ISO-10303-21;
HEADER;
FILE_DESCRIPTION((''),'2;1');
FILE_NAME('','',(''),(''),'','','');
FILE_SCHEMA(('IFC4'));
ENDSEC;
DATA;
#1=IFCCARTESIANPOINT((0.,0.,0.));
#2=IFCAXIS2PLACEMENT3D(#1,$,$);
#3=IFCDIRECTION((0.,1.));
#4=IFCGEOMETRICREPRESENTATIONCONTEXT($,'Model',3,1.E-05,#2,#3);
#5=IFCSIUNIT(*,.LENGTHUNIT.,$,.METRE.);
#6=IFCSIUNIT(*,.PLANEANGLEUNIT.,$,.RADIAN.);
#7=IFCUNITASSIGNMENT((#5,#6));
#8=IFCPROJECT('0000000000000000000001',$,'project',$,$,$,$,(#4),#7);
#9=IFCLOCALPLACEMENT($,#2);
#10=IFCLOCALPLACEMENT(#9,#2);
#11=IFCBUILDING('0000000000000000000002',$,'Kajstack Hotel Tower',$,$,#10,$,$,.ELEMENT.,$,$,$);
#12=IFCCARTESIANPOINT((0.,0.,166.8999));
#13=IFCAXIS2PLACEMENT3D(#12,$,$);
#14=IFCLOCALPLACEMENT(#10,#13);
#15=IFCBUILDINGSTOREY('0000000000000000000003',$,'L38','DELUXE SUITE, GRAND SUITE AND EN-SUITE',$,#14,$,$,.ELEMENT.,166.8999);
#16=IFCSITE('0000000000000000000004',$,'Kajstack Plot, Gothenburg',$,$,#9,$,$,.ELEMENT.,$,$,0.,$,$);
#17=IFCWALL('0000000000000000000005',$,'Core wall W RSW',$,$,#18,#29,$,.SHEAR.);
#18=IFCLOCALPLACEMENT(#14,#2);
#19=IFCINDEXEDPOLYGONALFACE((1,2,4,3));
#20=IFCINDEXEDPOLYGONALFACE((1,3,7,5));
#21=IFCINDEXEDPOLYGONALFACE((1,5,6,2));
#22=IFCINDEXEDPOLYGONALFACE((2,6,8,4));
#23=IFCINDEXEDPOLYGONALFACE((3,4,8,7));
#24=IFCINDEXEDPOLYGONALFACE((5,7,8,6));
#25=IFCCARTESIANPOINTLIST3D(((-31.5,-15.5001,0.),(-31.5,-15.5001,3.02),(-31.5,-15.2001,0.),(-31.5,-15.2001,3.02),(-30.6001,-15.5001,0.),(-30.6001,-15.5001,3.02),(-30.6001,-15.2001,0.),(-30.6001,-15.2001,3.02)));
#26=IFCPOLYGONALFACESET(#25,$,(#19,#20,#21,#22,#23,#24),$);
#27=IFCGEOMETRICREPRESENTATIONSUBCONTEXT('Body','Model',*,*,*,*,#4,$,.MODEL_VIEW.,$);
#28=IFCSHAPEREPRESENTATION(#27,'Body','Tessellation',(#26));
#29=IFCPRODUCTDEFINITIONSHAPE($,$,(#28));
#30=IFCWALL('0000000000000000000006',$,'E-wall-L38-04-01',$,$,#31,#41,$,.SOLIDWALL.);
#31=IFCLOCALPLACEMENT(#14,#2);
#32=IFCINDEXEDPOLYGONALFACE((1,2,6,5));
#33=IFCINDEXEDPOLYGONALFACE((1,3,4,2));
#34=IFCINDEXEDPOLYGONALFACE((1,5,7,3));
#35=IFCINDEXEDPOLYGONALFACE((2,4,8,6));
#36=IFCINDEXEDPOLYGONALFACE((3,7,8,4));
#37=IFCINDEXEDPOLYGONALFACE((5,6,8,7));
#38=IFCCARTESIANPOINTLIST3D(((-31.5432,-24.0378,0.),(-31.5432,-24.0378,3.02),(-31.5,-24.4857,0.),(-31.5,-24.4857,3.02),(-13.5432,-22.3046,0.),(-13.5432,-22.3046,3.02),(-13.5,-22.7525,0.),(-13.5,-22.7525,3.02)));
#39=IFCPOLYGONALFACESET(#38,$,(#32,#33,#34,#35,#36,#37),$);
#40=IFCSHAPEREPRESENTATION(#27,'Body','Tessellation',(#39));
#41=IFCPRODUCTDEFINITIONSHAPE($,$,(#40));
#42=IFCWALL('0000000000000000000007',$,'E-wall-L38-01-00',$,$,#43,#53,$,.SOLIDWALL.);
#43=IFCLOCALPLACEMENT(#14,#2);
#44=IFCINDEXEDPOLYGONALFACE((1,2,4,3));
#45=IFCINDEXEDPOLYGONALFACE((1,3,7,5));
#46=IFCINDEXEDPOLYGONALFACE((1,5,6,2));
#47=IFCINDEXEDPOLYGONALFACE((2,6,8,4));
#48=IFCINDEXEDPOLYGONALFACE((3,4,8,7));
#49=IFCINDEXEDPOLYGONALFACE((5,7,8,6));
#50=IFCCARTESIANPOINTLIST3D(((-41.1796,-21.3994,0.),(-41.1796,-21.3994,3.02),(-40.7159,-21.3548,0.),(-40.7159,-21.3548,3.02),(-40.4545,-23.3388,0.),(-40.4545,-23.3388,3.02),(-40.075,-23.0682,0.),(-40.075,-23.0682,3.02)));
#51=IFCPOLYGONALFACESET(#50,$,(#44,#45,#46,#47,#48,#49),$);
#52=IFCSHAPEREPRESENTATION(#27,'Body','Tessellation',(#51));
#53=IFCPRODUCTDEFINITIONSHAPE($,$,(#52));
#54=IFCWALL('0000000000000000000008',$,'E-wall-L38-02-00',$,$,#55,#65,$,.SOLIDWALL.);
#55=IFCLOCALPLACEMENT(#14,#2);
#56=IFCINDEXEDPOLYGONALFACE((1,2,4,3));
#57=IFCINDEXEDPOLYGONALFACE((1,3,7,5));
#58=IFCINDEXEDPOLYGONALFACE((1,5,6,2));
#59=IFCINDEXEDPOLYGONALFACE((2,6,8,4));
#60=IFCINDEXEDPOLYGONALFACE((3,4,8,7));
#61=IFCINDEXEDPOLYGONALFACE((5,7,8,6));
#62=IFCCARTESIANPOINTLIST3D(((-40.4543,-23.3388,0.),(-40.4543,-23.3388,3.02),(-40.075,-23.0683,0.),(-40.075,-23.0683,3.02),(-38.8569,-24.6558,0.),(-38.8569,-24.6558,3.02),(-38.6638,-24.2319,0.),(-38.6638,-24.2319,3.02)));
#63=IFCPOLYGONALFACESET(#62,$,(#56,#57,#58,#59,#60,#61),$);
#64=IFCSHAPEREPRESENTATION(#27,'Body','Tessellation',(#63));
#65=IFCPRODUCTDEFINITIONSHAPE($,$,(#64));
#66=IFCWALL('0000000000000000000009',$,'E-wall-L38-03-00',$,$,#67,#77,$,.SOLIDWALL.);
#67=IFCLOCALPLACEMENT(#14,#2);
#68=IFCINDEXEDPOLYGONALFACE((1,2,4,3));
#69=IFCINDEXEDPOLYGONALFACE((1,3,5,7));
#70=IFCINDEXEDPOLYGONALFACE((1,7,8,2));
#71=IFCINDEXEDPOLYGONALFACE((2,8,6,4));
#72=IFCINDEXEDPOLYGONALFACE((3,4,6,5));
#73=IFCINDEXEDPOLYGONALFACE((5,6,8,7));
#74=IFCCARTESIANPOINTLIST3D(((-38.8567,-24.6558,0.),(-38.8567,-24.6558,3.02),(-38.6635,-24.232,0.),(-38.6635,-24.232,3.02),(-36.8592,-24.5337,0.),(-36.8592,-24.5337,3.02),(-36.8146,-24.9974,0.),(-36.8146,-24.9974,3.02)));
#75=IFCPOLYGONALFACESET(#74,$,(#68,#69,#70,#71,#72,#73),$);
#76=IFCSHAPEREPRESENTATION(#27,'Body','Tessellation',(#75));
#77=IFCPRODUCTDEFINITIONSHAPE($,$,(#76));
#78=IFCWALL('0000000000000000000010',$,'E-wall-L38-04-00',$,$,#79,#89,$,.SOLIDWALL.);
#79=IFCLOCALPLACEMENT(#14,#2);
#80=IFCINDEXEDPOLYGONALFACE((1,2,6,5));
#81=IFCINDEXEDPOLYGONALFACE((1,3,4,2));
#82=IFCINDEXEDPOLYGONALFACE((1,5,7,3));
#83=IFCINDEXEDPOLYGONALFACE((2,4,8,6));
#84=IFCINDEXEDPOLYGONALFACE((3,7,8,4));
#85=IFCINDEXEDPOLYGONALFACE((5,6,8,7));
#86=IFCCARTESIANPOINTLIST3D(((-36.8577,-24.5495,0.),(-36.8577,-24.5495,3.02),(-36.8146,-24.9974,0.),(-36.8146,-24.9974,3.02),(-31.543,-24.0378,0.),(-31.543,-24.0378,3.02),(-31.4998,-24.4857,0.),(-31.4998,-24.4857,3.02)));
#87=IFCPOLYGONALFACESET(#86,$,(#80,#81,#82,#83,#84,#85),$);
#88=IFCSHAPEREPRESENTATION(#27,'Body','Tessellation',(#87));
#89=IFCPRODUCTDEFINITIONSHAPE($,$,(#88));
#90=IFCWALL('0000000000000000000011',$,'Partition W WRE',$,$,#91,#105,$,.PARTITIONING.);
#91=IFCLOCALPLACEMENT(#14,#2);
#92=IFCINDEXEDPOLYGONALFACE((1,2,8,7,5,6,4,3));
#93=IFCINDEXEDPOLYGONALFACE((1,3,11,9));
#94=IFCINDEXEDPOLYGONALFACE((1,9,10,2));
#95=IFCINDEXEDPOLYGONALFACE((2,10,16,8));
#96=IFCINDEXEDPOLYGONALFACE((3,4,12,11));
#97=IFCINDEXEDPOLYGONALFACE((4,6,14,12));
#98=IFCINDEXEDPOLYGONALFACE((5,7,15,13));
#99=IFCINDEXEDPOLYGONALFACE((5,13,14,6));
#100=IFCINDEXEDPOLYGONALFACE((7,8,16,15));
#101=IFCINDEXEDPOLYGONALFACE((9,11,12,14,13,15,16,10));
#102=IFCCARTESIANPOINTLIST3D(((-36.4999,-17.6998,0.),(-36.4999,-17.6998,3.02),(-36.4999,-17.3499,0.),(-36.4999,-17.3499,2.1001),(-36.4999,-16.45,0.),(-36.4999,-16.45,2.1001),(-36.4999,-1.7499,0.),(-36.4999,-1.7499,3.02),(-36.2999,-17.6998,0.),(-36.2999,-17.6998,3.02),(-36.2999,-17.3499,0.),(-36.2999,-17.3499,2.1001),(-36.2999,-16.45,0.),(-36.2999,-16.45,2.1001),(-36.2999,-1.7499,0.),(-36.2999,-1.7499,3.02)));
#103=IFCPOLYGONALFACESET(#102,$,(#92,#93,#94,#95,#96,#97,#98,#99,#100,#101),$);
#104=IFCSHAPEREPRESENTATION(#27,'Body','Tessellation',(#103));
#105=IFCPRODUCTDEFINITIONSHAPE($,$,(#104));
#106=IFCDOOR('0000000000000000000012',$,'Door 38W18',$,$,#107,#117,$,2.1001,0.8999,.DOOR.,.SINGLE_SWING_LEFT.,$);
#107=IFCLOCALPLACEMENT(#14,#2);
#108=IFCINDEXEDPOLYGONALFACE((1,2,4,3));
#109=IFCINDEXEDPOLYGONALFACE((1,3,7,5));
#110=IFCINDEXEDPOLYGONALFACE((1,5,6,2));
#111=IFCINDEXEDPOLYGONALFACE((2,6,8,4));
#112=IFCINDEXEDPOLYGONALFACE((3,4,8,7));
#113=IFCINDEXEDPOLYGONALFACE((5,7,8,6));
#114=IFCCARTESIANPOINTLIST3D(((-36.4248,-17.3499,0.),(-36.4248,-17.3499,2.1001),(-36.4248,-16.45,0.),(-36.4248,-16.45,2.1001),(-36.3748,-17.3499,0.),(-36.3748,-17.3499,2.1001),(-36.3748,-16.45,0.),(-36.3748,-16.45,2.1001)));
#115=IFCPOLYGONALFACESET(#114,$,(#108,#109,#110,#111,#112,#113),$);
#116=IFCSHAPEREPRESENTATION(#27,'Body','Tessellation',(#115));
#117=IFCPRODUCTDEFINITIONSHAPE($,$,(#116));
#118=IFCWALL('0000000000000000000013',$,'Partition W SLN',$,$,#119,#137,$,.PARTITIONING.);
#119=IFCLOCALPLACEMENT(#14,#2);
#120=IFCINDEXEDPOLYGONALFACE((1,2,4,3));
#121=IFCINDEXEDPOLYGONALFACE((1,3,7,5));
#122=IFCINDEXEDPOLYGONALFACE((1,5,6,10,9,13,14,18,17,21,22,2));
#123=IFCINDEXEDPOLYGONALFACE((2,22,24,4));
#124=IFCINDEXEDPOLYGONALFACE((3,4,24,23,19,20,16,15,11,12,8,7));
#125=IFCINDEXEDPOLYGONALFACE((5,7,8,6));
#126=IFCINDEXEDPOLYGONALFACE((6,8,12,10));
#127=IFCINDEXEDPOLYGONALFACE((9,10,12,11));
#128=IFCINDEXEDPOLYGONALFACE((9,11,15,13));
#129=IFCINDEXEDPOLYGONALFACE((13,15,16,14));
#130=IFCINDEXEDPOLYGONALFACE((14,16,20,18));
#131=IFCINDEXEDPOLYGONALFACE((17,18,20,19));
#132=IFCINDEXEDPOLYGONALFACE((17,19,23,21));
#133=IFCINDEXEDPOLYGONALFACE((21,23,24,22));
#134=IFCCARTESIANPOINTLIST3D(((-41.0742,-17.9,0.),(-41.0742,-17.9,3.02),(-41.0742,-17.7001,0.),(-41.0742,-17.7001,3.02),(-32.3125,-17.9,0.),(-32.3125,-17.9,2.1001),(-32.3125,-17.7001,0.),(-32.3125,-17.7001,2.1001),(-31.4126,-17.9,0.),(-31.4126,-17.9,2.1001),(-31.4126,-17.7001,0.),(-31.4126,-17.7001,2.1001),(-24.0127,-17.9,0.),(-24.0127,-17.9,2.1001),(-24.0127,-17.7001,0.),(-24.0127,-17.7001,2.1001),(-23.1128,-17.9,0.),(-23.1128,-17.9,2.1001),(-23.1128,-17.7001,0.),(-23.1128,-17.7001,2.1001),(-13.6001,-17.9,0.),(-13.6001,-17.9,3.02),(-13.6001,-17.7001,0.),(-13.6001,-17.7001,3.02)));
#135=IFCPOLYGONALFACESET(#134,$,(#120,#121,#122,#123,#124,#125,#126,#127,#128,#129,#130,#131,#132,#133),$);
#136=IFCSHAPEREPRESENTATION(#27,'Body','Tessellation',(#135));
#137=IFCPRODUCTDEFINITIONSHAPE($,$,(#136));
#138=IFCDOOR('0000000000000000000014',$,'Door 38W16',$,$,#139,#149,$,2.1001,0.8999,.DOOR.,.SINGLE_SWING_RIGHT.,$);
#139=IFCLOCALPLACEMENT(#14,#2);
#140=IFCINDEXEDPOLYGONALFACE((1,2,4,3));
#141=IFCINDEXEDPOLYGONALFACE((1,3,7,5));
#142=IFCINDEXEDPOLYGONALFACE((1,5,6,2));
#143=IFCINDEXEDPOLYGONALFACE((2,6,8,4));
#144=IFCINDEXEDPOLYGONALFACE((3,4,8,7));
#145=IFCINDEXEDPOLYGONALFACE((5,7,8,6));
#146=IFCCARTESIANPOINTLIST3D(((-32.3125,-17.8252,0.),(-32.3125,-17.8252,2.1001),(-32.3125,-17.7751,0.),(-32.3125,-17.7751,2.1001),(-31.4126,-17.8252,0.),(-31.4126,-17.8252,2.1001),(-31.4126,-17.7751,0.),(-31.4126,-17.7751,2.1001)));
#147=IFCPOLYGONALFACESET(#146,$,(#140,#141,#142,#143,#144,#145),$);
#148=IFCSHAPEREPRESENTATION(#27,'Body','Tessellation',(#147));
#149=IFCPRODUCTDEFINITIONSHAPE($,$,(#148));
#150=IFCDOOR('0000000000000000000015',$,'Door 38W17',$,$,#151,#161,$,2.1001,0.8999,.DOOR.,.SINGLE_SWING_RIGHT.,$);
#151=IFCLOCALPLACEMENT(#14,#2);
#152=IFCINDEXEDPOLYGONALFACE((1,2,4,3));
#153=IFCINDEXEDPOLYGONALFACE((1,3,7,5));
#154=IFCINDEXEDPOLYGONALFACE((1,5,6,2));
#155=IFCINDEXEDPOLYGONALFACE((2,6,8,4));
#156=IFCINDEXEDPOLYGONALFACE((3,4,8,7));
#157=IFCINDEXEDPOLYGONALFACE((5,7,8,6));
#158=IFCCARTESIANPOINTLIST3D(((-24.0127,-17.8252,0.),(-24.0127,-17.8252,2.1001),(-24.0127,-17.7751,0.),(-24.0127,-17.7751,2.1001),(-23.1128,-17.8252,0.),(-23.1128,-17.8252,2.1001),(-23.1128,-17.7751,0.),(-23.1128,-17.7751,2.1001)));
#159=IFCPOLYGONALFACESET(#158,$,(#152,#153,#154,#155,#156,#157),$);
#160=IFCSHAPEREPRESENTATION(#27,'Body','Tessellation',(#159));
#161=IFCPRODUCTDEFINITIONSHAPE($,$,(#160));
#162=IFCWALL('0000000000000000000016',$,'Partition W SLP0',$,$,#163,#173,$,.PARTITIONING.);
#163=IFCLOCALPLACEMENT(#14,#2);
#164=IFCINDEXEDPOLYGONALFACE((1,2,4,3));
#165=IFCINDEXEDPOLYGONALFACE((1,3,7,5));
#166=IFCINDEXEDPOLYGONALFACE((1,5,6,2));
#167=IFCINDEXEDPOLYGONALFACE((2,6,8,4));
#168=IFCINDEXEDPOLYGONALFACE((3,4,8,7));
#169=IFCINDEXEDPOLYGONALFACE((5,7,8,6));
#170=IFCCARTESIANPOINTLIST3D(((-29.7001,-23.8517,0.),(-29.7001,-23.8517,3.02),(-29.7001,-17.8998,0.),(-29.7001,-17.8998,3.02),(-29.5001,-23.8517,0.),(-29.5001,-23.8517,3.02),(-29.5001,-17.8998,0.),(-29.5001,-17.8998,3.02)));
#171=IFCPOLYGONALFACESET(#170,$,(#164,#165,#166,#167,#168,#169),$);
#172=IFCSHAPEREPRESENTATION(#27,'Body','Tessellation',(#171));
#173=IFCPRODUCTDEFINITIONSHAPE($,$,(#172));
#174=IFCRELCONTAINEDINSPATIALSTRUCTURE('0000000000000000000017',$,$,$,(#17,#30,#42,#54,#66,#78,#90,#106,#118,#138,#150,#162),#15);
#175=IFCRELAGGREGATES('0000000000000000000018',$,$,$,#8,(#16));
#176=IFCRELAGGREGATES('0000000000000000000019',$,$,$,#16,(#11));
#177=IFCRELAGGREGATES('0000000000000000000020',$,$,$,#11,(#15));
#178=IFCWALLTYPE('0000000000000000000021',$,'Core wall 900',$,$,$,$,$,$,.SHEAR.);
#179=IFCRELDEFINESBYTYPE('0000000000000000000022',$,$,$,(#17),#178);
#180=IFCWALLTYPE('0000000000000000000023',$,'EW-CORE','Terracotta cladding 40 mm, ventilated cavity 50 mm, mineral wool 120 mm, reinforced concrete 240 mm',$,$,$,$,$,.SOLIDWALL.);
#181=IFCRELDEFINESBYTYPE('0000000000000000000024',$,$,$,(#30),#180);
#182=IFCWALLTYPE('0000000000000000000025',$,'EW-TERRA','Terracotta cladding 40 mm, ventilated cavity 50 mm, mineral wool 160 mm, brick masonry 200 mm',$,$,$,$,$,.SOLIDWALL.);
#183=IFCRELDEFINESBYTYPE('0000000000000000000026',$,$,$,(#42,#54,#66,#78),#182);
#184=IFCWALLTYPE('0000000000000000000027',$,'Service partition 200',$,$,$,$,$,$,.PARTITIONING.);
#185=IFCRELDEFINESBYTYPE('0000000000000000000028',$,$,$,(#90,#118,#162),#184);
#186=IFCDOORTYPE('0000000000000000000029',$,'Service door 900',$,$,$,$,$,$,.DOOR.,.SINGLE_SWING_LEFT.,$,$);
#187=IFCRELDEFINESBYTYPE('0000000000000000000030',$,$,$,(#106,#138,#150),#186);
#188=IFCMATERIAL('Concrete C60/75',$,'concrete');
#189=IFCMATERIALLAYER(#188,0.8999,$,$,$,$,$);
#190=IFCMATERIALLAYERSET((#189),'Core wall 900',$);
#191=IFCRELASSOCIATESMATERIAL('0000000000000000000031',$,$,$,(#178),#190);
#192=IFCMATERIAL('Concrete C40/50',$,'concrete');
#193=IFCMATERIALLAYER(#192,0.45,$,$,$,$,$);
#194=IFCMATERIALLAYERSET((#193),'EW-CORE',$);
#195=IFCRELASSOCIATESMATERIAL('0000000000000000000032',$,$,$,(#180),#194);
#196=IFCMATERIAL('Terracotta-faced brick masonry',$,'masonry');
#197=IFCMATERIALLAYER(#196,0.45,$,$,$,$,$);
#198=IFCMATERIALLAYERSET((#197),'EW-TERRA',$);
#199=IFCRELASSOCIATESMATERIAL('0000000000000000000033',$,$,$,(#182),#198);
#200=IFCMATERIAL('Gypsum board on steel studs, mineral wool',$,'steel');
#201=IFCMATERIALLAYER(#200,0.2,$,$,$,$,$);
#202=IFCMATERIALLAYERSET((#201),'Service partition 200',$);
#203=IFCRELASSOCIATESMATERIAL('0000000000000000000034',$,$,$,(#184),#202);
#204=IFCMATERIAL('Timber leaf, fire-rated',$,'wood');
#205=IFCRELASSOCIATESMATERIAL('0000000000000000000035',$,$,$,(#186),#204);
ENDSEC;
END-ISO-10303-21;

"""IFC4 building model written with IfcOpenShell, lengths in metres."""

from ifc_helpers import new_model, si_unit, direction, frame, frame_2d, origin, place, context, subcontext, project, spatial, polyline, rectangle, outline, extrude, material, layer, layer_set, type_object, element, fill, save


model = new_model("IFC4")

# Units and contexts
model_context = context("Model", 3, precision=1e-05, world=origin(), true_north=direction((0.0, 1.0)))
body_context = subcontext(model_context, "Body", "Model", "MODEL_VIEW")
ifc_project = project(units=[si_unit("LENGTHUNIT", "METRE"), si_unit("PLANEANGLEUNIT", "RADIAN")], contexts=[model_context])

# Site, building, storey
site_placement = place(None, origin())
site = spatial("IfcSite", under=ifc_project, at=site_placement, Name="Kajstack Plot, Gothenburg", CompositionType="ELEMENT", RefElevation=0.0)
building_placement = place(site_placement, origin())
building = spatial("IfcBuilding", under=site, at=building_placement, Name="Kajstack Hotel Tower", CompositionType="ELEMENT")
storey_placement = place(building_placement, frame((0.0, 0.0, 166.8999)))
storey = spatial("IfcBuildingStorey", under=building, at=storey_placement, Name="L38", Description="DELUXE SUITE, GRAND SUITE AND EN-SUITE", CompositionType="ELEMENT", Elevation=166.8999)

# Walls
ifc_material_1 = material(Name="Concrete C60/75", Category="concrete")
ifc_layer_1 = layer(ifc_material_1, 0.8999)
ifc_layer_set_1 = layer_set([ifc_layer_1], Name="Core wall 900")
wall_type_1 = type_object("IfcWallType", Name="Core wall 900", PredefinedType="SHEAR", material=ifc_layer_set_1)
wall_1_placement = place(storey_placement, frame((-31.5, -15.3501, 0.0), z_axis=(0.0, 0.0, 1.0), x_axis=(1.0, 0.0, 0.0)))
element("IfcWall", 1, at=wall_1_placement, inside=storey, type_object=wall_type_1, Name="Core wall W RSW", PredefinedType="SHEAR", context=body_context, shape_type="SweptSolid", body=[
    extrude(rectangle(XDim=0.8999, YDim=0.3, at=frame_2d((0.45, 0.0))), origin(), (0.0, 0.0, 1.0), 3.02),
])
ifc_material_2 = material(Name="Concrete C40/50", Category="concrete")
ifc_layer_2 = layer(ifc_material_2, 0.45)
ifc_layer_set_2 = layer_set([ifc_layer_2], Name="EW-CORE")
wall_type_2 = type_object("IfcWallType", Name="EW-CORE", Description="Terracotta cladding 40 mm, ventilated cavity 50 mm, mineral wool 120 mm, reinforced concrete 240 mm", PredefinedType="SOLIDWALL", material=ifc_layer_set_2)
wall_2_placement = place(storey_placement, frame((-31.5215, -24.2617, 0.0), z_axis=(0.0, 0.0, 1.0), x_axis=(0.995396, 0.095843, 0.0)))
element("IfcWall", 2, at=wall_2_placement, inside=storey, type_object=wall_type_2, Name="E-wall-L38-04-01", PredefinedType="SOLIDWALL", context=body_context, shape_type="SweptSolid", body=[
    extrude(rectangle(XDim=18.0833, YDim=0.45, at=frame_2d((9.0415, 0.0))), origin(), (0.0, 0.0, 1.0), 3.02),
])
ifc_material_3 = material(Name="Terracotta-faced brick masonry", Category="masonry")
ifc_layer_3 = layer(ifc_material_3, 0.45)
ifc_layer_set_3 = layer_set([ifc_layer_3], Name="EW-TERRA")
wall_type_3 = type_object("IfcWallType", Name="EW-TERRA", Description="Terracotta cladding 40 mm, ventilated cavity 50 mm, mineral wool 160 mm, brick masonry 200 mm", PredefinedType="SOLIDWALL", material=ifc_layer_set_3)
wall_3_placement = place(storey_placement, frame((-40.9688, -21.3206, 0.0), z_axis=(0.0, 0.0, 1.0), x_axis=(0.350193, -0.936678, 0.0)))
element("IfcWall", 3, at=wall_3_placement, inside=storey, type_object=wall_type_3, Name="E-wall-L38-01-00", PredefinedType="SOLIDWALL", context=body_context, shape_type="SweptSolid", body=[
    extrude(outline(polyline([(0.0, -0.2251), (2.0706, -0.2251), (1.95, 0.2251), (0.1206, 0.2249), (0.0, -0.2251)])), origin(), (0.0, 0.0, 1.0), 3.02),
])
wall_4_placement = place(storey_placement, frame((-40.3113, -23.1653, 0.0), z_axis=(0.0, 0.0, 1.0), x_axis=(0.771651, -0.636046, 0.0)))
element("IfcWall", 4, at=wall_4_placement, inside=storey, type_object=wall_type_3, Name="E-wall-L38-02-00", PredefinedType="SOLIDWALL", context=body_context, shape_type="SweptSolid", body=[
    extrude(outline(polyline([(0.0, -0.2249), (2.0703, -0.2251), (1.9497, 0.2249), (0.1206, 0.2251), (0.0, -0.2249)])), origin(), (0.0, 0.0, 1.0), 3.02),
])
wall_5_placement = place(storey_placement, frame((-38.8196, -24.4338, 0.0), z_axis=(0.0, 0.0, 1.0), x_axis=(0.986279, -0.165087, 0.0)))
element("IfcWall", 5, at=wall_5_placement, inside=storey, type_object=wall_type_3, Name="E-wall-L38-03-00", PredefinedType="SOLIDWALL", context=body_context, shape_type="SweptSolid", body=[
    extrude(outline(polyline([(0.0, -0.2251), (2.0706, -0.2249), (1.95, 0.2251), (0.1206, 0.2249), (0.0, -0.2251)])), origin(), (0.0, 0.0, 1.0), 3.02),
])
wall_6_placement = place(storey_placement, frame((-36.8362, -24.7734, 0.0), z_axis=(0.0, 0.0, 1.0), x_axis=(0.995397, 0.09584, 0.0)))
element("IfcWall", 6, at=wall_6_placement, inside=storey, type_object=wall_type_3, Name="E-wall-L38-04-00", PredefinedType="SOLIDWALL", context=body_context, shape_type="SweptSolid", body=[
    extrude(rectangle(XDim=5.3394, YDim=0.45, at=frame_2d((2.6697, 0.0))), origin(), (0.0, 0.0, 1.0), 3.02),
])

# Wall, opening, door
ifc_material_4 = material(Name="Gypsum board on steel studs, mineral wool", Category="steel")
ifc_layer_4 = layer(ifc_material_4, 0.2)
ifc_layer_set_4 = layer_set([ifc_layer_4], Name="Service partition 200")
wall_type_4 = type_object("IfcWallType", Name="Service partition 200", PredefinedType="PARTITIONING", material=ifc_layer_set_4)
wall_7_placement = place(storey_placement, frame((-36.3999, -17.7, 0.0), z_axis=(0.0, 0.0, 1.0), x_axis=(0.0, 1.0, 0.0)))
wall_7 = element("IfcWall", 7, at=wall_7_placement, inside=storey, type_object=wall_type_4, Name="Partition W WRE", PredefinedType="PARTITIONING", context=body_context, shape_type="SweptSolid", body=[
    extrude(rectangle(XDim=15.95, YDim=0.2, at=frame_2d((7.9751, 0.0))), origin(), (0.0, 0.0, 1.0), 3.02),
])
opening_1_placement = place(wall_7_placement, frame((0.3501, 0.0, 0.0)))
opening_1 = element("IfcOpeningElement", 8, at=opening_1_placement, cuts=wall_7, PredefinedType="OPENING", context=body_context, shape_type="SweptSolid", body=[
    extrude(rectangle(XDim=0.8999, YDim=2.1001, at=frame_2d((0.45, 1.05))), frame((0.0, 0.1099, 0.0), z_axis=(0.0, -1.0, 0.0), x_axis=(1.0, 0.0, 0.0)), (0.0, 0.0, 1.0), 0.22),
])
ifc_material_5 = material(Name="Timber leaf, fire-rated", Category="wood")
door_type = type_object("IfcDoorType", Name="Service door 900", OperationType="SINGLE_SWING_LEFT", PredefinedType="DOOR", material=ifc_material_5)
door_1_placement = place(opening_1_placement, origin())
door_1 = element("IfcDoor", 9, at=door_1_placement, inside=storey, type_object=door_type, Name="Door 38W18", OperationType="SINGLE_SWING_LEFT", OverallHeight=2.1001, OverallWidth=0.8999, PredefinedType="DOOR", context=body_context, shape_type="SweptSolid", body=[
    extrude(rectangle(XDim=0.8999, YDim=2.1001, at=frame_2d((0.45, 1.05))), frame((0.0, 0.0249, 0.0), z_axis=(0.0, -1.0, 0.0), x_axis=(1.0, 0.0, 0.0)), (0.0, 0.0, 1.0), 0.05),
])
fill(opening_1, door_1)

# Wall, openings, doors
wall_8_placement = place(storey_placement, frame((-41.0742, -17.8, 0.0), z_axis=(0.0, 0.0, 1.0), x_axis=(1.0, 0.0, 0.0)))
wall_8 = element("IfcWall", 10, at=wall_8_placement, inside=storey, type_object=wall_type_4, Name="Partition W SLN", PredefinedType="PARTITIONING", context=body_context, shape_type="SweptSolid", body=[
    extrude(rectangle(XDim=27.4741, YDim=0.2, at=frame_2d((13.7371, 0.0))), origin(), (0.0, 0.0, 1.0), 3.02),
])
opening_2_placement = place(wall_8_placement, frame((8.7617, 0.0, 0.0)))
opening_2 = element("IfcOpeningElement", 11, at=opening_2_placement, cuts=wall_8, PredefinedType="OPENING", context=body_context, shape_type="SweptSolid", body=[
    extrude(rectangle(XDim=0.8999, YDim=2.1001, at=frame_2d((0.45, 1.05))), frame((0.0, 0.1099, 0.0), z_axis=(0.0, -1.0, 0.0), x_axis=(1.0, 0.0, 0.0)), (0.0, 0.0, 1.0), 0.22),
])
opening_3_placement = place(wall_8_placement, frame((17.0615, 0.0, 0.0)))
opening_3 = element("IfcOpeningElement", 12, at=opening_3_placement, cuts=wall_8, PredefinedType="OPENING", context=body_context, shape_type="SweptSolid", body=[
    extrude(rectangle(XDim=0.8999, YDim=2.1001, at=frame_2d((0.45, 1.05))), frame((0.0, 0.1099, 0.0), z_axis=(0.0, -1.0, 0.0), x_axis=(1.0, 0.0, 0.0)), (0.0, 0.0, 1.0), 0.22),
])
door_2_placement = place(opening_2_placement, origin())
door_2 = element("IfcDoor", 13, at=door_2_placement, inside=storey, type_object=door_type, Name="Door 38W16", OperationType="SINGLE_SWING_RIGHT", OverallHeight=2.1001, OverallWidth=0.8999, PredefinedType="DOOR", context=body_context, shape_type="SweptSolid", body=[
    extrude(rectangle(XDim=0.8999, YDim=2.1001, at=frame_2d((0.45, 1.05))), frame((0.0, 0.0249, 0.0), z_axis=(0.0, -1.0, 0.0), x_axis=(1.0, 0.0, 0.0)), (0.0, 0.0, 1.0), 0.05),
])
fill(opening_2, door_2)
door_3_placement = place(opening_3_placement, origin())
door_3 = element("IfcDoor", 14, at=door_3_placement, inside=storey, type_object=door_type, Name="Door 38W17", OperationType="SINGLE_SWING_RIGHT", OverallHeight=2.1001, OverallWidth=0.8999, PredefinedType="DOOR", context=body_context, shape_type="SweptSolid", body=[
    extrude(rectangle(XDim=0.8999, YDim=2.1001, at=frame_2d((0.45, 1.05))), frame((0.0, 0.0249, 0.0), z_axis=(0.0, -1.0, 0.0), x_axis=(1.0, 0.0, 0.0)), (0.0, 0.0, 1.0), 0.05),
])
fill(opening_3, door_3)

# Wall
wall_9_placement = place(storey_placement, frame((-29.6001, -23.8518, 0.0), z_axis=(0.0, 0.0, 1.0), x_axis=(0.0, 1.0, 0.0)))
element("IfcWall", 15, at=wall_9_placement, inside=storey, type_object=wall_type_4, Name="Partition W SLP0", PredefinedType="PARTITIONING", context=body_context, shape_type="SweptSolid", body=[
    extrude(rectangle(XDim=5.9519, YDim=0.2, at=frame_2d((2.9761, 0.0))), origin(), (0.0, 0.0, 1.0), 3.02),
])

save(model, "model.ifc")
